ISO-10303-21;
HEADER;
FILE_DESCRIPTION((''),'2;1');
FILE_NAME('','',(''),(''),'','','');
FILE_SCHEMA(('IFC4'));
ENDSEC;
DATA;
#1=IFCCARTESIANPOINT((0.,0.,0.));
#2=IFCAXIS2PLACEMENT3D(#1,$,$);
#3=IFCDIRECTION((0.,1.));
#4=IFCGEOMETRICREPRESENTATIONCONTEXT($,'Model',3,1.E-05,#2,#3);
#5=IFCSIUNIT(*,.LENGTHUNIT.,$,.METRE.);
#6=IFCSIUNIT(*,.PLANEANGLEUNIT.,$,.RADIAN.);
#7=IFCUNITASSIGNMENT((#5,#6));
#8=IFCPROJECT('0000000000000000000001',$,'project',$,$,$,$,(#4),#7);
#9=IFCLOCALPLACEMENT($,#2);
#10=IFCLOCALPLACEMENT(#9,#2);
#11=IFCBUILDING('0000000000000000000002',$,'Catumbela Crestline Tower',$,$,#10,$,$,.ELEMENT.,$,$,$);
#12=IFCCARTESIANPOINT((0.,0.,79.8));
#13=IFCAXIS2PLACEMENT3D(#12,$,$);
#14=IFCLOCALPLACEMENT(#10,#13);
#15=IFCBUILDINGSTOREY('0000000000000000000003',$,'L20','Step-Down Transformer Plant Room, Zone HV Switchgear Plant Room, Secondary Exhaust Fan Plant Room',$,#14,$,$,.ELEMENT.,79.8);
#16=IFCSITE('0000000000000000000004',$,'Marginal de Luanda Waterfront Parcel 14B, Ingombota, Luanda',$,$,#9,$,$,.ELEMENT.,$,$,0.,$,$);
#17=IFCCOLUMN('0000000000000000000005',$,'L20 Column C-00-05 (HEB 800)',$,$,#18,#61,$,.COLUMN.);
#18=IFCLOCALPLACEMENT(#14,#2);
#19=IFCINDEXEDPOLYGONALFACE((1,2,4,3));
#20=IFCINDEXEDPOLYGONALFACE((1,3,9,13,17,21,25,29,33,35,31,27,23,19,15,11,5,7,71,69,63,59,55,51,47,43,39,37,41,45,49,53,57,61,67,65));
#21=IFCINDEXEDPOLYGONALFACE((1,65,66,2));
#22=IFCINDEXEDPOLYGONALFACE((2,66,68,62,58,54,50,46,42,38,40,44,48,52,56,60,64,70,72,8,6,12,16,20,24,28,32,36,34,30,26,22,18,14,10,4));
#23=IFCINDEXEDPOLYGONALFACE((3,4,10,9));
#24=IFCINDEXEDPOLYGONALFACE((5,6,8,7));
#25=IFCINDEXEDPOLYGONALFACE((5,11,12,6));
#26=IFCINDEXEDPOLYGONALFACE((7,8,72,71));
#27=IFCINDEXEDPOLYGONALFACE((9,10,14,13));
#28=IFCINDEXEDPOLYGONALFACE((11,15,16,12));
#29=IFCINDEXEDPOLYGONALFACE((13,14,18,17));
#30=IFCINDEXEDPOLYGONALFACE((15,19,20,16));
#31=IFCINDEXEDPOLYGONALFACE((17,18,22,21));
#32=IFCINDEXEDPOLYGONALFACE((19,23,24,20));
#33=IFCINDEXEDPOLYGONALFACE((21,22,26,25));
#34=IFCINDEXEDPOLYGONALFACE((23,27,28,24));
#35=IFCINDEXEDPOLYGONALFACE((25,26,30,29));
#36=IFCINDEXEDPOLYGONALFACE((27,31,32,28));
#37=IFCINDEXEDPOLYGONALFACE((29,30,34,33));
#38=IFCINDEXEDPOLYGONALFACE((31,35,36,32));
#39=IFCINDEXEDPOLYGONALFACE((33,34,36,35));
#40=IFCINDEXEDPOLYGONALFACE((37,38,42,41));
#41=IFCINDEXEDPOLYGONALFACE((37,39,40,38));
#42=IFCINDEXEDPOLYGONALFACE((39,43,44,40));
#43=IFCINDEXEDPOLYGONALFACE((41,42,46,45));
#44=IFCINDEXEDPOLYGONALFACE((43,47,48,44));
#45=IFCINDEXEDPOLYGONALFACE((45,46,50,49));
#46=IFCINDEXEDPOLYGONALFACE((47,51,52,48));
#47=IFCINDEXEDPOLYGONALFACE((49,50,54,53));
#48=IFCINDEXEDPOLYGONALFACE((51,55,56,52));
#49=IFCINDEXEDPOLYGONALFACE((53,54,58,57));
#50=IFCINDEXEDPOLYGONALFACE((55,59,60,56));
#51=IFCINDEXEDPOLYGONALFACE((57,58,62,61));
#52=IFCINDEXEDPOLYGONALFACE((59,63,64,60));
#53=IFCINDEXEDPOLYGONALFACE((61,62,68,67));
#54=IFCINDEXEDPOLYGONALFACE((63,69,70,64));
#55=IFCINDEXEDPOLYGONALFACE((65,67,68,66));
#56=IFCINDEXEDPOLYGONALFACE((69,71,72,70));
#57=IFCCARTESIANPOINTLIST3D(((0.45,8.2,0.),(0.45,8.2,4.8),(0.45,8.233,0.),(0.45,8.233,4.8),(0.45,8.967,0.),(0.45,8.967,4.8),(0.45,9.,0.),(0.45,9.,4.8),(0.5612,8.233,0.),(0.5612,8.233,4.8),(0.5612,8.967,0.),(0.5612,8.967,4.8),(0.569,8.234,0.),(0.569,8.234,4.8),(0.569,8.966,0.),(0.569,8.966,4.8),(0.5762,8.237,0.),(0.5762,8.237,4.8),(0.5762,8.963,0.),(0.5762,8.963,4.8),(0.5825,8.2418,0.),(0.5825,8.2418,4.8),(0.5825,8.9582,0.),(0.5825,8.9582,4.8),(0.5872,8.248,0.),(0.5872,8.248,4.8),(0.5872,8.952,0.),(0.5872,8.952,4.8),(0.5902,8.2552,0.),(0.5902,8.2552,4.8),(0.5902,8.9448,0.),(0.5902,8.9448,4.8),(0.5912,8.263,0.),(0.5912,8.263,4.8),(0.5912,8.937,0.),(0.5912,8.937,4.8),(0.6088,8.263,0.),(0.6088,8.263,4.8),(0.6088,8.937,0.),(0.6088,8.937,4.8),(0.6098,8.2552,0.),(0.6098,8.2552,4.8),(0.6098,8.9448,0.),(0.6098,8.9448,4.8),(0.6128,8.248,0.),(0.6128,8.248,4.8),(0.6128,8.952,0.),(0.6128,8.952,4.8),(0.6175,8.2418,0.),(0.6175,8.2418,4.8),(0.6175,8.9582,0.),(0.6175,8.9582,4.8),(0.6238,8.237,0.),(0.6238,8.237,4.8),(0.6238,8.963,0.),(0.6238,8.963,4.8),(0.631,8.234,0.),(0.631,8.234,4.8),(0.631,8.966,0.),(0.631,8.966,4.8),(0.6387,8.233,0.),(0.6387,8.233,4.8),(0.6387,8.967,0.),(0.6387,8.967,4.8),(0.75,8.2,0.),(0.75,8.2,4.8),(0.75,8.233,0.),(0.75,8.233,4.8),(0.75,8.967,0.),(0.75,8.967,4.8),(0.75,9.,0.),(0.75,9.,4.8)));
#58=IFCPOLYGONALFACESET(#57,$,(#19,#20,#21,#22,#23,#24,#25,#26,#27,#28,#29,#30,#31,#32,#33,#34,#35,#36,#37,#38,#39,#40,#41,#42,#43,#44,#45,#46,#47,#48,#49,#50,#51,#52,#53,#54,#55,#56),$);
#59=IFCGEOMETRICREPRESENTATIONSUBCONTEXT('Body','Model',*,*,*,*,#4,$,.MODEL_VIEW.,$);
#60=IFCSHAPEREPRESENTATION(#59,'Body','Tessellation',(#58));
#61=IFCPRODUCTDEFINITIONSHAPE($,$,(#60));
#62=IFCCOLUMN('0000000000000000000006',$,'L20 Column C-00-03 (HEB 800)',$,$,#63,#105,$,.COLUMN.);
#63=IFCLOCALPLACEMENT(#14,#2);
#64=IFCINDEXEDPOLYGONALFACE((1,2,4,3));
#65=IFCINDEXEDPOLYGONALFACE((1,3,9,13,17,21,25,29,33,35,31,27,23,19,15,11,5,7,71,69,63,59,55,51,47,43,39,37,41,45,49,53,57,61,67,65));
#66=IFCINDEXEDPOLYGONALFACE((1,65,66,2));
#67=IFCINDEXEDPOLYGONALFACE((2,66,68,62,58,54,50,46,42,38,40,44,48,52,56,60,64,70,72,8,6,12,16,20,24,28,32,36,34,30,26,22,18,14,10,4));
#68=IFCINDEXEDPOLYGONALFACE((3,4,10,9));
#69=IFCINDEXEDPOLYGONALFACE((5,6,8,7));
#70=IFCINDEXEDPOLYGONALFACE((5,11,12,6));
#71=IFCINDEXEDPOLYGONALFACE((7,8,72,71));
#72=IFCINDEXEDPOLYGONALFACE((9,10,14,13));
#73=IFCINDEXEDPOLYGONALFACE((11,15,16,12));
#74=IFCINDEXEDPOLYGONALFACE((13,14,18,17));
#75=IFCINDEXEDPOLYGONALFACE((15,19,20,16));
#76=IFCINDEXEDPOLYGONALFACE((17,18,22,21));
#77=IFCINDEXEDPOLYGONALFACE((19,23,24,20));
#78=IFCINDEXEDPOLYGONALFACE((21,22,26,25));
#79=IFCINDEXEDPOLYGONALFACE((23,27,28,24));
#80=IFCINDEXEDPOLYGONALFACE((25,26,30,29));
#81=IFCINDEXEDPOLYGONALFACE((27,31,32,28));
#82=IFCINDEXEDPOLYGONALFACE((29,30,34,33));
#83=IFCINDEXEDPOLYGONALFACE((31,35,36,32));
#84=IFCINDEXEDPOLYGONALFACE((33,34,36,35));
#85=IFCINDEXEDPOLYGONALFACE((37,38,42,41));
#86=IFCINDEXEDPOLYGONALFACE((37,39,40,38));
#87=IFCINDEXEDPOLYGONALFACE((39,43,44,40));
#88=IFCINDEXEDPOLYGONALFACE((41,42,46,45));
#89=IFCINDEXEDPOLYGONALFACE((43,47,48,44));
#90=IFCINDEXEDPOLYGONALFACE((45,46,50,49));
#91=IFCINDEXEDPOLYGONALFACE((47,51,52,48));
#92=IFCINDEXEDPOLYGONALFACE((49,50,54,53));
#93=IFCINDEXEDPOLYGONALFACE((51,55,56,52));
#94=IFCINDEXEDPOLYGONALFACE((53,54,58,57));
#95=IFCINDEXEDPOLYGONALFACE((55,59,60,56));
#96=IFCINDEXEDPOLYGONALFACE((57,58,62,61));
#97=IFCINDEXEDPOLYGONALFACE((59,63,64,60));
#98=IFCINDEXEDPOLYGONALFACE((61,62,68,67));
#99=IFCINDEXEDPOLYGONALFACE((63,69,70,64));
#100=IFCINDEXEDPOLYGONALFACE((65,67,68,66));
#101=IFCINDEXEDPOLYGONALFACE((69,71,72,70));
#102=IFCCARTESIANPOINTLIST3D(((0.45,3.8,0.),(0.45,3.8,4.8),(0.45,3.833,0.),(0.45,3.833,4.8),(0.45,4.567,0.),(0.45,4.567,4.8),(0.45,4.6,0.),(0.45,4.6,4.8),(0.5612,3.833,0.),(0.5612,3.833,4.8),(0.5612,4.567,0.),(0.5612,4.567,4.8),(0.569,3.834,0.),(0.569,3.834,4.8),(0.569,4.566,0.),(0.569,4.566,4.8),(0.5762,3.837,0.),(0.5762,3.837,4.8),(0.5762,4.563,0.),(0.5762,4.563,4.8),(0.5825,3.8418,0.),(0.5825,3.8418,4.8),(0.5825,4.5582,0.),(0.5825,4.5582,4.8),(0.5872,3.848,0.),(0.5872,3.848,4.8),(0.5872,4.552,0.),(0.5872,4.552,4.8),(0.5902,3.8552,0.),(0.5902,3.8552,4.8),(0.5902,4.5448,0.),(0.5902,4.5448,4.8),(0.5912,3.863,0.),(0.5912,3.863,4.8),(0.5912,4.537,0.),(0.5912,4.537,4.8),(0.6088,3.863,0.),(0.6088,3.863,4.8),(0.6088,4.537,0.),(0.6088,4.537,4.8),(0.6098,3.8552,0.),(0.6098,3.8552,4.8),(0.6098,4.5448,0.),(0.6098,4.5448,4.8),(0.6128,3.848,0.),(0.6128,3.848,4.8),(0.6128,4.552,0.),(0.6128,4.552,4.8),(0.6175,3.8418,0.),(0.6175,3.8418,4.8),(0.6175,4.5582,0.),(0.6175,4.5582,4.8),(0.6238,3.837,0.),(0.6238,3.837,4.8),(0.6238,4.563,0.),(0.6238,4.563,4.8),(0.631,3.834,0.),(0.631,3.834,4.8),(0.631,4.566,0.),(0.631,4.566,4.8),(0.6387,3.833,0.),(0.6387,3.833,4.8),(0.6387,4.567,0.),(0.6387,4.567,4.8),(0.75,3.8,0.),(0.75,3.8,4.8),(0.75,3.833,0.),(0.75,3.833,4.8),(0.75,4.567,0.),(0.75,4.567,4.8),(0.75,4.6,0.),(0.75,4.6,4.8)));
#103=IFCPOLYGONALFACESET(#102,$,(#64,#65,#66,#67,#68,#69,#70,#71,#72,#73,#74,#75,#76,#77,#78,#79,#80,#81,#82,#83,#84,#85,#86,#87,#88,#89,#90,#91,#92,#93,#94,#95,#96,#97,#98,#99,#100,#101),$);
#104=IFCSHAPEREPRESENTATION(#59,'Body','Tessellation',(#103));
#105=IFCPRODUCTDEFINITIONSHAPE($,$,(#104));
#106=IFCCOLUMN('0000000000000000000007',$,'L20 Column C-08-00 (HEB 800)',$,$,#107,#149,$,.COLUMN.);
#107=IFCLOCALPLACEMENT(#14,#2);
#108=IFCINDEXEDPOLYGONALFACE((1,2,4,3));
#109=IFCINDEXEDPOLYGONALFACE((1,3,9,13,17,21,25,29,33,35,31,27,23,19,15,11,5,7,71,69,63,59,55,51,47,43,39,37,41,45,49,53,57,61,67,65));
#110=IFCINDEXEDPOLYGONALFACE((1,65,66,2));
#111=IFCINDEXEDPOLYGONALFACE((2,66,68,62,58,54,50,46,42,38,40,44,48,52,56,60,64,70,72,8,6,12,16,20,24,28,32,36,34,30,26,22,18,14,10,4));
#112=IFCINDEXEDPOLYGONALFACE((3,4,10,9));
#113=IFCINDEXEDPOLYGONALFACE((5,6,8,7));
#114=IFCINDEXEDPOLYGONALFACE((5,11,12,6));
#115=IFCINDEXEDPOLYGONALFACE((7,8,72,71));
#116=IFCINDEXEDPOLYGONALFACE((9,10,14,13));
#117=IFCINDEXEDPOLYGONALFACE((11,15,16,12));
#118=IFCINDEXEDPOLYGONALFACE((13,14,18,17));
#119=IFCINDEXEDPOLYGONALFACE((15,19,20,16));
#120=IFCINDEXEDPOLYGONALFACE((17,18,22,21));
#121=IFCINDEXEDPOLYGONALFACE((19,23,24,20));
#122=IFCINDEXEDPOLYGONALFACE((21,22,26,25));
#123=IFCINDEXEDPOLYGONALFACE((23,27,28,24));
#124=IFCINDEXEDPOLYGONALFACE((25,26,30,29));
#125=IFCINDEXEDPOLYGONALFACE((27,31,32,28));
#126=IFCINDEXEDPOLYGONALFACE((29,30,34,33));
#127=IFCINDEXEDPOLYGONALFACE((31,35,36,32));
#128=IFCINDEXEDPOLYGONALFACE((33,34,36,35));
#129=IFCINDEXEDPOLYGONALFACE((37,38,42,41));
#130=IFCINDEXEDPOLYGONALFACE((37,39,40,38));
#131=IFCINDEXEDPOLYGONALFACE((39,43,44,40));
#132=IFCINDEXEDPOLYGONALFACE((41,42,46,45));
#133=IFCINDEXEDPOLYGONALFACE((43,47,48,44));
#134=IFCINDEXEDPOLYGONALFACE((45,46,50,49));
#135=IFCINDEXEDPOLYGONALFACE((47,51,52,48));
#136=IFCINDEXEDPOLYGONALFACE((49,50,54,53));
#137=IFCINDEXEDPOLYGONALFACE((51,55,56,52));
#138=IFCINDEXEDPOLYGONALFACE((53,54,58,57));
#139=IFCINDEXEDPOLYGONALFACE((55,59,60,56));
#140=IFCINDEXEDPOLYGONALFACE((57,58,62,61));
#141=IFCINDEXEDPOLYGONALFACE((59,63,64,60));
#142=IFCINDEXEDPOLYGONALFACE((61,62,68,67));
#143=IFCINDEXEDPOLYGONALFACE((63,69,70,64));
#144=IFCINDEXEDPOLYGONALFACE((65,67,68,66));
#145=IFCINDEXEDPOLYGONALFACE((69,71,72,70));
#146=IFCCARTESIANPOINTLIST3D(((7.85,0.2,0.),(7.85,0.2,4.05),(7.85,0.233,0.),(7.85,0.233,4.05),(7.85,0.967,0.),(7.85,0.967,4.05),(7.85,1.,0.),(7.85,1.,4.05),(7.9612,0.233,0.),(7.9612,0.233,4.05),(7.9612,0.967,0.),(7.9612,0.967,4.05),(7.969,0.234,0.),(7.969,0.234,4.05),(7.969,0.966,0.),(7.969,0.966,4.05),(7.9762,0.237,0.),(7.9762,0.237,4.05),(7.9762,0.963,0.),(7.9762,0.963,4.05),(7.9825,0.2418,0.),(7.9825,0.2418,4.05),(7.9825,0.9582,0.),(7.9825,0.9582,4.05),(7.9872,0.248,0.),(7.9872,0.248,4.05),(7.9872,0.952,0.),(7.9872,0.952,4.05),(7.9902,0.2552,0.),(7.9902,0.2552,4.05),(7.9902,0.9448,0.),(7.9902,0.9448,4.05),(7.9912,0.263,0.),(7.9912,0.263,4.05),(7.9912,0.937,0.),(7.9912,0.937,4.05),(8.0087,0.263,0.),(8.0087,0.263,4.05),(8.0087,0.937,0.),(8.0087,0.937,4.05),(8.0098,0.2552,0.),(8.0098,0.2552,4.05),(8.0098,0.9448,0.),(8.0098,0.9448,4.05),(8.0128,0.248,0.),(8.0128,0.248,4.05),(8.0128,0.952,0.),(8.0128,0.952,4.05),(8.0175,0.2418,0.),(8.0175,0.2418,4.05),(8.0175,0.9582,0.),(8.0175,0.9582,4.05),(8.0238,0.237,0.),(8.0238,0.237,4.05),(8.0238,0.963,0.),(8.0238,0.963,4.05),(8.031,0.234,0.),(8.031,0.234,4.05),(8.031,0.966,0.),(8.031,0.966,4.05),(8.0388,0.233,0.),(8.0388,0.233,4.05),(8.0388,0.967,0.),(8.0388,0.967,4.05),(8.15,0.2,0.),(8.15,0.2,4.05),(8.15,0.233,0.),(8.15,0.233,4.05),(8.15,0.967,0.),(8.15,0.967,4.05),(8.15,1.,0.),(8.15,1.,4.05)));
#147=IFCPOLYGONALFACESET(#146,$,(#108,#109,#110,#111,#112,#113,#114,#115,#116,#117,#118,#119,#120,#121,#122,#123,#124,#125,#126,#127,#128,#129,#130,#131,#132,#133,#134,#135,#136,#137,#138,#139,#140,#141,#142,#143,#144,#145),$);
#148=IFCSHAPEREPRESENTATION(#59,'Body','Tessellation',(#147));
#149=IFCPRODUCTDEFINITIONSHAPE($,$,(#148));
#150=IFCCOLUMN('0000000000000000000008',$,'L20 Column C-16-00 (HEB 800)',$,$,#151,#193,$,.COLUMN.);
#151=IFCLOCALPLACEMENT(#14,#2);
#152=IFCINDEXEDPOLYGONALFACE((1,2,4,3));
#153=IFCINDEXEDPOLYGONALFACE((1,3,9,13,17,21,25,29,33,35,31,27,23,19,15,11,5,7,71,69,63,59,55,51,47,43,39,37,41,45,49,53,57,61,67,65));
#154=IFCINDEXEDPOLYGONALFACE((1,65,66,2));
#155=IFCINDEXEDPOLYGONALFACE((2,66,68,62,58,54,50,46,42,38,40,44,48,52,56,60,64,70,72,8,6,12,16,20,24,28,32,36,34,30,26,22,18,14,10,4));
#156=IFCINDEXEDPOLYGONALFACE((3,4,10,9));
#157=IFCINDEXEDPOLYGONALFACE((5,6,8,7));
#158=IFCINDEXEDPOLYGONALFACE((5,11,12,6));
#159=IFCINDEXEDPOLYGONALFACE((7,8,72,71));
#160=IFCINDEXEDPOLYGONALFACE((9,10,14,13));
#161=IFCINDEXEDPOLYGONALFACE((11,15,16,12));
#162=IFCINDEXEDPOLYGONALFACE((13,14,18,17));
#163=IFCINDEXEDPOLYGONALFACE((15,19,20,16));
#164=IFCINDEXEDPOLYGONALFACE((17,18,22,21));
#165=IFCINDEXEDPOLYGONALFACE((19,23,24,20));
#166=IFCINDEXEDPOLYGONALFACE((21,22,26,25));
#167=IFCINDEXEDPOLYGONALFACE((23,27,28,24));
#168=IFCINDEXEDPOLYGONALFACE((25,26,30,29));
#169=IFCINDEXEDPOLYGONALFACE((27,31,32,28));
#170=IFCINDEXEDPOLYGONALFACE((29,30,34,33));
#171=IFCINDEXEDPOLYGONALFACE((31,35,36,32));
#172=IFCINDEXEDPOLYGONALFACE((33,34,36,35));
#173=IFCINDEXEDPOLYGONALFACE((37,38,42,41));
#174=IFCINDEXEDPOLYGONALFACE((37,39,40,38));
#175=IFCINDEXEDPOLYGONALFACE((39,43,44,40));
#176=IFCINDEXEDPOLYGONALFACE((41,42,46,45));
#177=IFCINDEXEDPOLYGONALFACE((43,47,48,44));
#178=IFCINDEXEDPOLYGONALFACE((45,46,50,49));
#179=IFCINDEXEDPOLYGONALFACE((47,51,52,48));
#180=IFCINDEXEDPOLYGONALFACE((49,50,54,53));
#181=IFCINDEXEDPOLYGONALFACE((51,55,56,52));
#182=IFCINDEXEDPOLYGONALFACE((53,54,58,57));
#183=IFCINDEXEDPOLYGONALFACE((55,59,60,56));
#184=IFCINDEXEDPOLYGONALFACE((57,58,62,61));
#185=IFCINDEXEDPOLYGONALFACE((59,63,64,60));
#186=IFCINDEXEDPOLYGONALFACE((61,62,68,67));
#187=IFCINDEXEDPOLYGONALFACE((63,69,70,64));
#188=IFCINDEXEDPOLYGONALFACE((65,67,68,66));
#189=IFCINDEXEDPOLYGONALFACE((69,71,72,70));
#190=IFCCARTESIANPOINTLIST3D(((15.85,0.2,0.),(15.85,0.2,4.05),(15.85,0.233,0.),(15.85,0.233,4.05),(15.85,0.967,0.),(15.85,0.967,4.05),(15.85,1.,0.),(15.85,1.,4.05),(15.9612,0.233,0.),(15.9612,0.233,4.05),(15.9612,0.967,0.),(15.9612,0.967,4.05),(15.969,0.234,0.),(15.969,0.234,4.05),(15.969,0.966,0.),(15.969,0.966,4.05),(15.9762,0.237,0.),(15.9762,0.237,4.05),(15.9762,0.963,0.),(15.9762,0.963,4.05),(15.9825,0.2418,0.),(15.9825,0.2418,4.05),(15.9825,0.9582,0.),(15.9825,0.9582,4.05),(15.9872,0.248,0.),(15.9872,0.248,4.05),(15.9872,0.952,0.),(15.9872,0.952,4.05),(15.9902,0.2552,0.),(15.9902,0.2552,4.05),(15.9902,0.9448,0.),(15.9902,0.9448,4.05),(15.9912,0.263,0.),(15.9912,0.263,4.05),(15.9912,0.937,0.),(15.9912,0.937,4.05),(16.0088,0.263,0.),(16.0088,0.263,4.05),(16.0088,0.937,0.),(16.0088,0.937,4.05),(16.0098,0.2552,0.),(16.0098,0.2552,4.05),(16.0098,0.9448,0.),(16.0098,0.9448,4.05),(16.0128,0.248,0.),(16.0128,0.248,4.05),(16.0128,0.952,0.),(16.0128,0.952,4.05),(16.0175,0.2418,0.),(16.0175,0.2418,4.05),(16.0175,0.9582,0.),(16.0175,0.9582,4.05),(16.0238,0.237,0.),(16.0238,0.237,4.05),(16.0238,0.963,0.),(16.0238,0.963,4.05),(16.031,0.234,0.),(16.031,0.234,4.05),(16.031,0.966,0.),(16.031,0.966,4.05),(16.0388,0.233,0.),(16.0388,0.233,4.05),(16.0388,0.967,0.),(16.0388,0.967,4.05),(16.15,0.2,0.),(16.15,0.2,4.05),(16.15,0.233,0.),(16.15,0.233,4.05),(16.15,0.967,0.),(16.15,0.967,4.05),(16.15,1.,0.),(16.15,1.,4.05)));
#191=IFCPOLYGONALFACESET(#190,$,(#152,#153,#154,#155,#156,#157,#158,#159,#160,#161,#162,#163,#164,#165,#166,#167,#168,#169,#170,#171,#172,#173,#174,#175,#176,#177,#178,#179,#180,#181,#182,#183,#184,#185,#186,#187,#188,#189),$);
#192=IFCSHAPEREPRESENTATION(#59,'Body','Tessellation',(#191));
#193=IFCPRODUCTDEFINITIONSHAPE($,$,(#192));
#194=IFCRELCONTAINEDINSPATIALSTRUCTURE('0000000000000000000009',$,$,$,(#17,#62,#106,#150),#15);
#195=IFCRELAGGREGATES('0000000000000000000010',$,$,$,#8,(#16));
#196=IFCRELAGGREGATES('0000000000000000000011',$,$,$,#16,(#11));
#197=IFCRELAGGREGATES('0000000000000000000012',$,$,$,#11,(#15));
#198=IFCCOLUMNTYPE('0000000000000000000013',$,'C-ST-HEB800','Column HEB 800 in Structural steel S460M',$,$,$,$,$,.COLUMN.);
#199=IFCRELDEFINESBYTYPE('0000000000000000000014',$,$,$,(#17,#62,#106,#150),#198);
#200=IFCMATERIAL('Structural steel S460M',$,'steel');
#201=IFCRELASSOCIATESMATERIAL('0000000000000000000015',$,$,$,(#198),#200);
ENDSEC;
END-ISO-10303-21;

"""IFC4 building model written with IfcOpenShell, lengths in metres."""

from ifc_helpers import new_model, si_unit, direction, frame, origin, origin_2d, place, context, subcontext, project, spatial, i_section, extrude, material, material_profile, profile_set, type_object, element, save


model = new_model("IFC4")

# Units and contexts
model_context = context("Model", 3, precision=1e-05, world=origin(), true_north=direction((0.0, 1.0)))
body_context = subcontext(model_context, "Body", "Model", "MODEL_VIEW")
ifc_project = project(units=[si_unit("LENGTHUNIT", "METRE"), si_unit("PLANEANGLEUNIT", "RADIAN")], contexts=[model_context])

# Site, building, storey
site_placement = place(None, origin())
site = spatial("IfcSite", under=ifc_project, at=site_placement, Name="Marginal de Luanda Waterfront Parcel 14B, Ingombota, Luanda", CompositionType="ELEMENT", RefElevation=0.0)
building_placement = place(site_placement, origin())
building = spatial("IfcBuilding", under=site, at=building_placement, Name="Catumbela Crestline Tower", CompositionType="ELEMENT")
storey_placement = place(building_placement, frame((0.0, 0.0, 79.8)))
storey = spatial("IfcBuildingStorey", under=building, at=storey_placement, Name="L20", Description="Step-Down Transformer Plant Room, Zone HV Switchgear Plant Room, Secondary Exhaust Fan Plant Room", CompositionType="ELEMENT", Elevation=79.8)

# Columns
ifc_material_1 = material(Name="Structural steel S460M", Category="steel")
ifc_material_profile_1 = material_profile(ifc_material_1, i_section(OverallWidth=0.3, OverallDepth=0.8, WebThickness=0.0175, FlangeThickness=0.033, FilletRadius=0.03, at=origin_2d()), Name="HEB 800")
ifc_profile_set_1 = profile_set([ifc_material_profile_1], Name="Structural steel S460M")
column_type_1 = type_object("IfcColumnType", Name="C-ST-HEB800", Description="Column HEB 800 in Structural steel S460M", PredefinedType="COLUMN", material=ifc_profile_set_1)
for number, where, z_axis, x_axis, name in (
    (1, (0.6, 8.6, 0.0), (0.0, 0.0, 1.0), (1.0, 0.0, 0.0), "L20 Column C-00-05 (HEB 800)"),
    (2, (0.6, 4.2, 0.0), (0.0, 0.0, 1.0), (1.0, 0.0, 0.0), "L20 Column C-00-03 (HEB 800)"),
):
    element("IfcColumn", number, at=place(storey_placement, frame(where, z_axis=z_axis, x_axis=x_axis)), inside=storey, type_object=column_type_1, Name=name, PredefinedType="COLUMN", context=body_context, shape_type="SweptSolid", body=[
        extrude(i_section(OverallWidth=0.3, OverallDepth=0.8, WebThickness=0.0175, FlangeThickness=0.033, FilletRadius=0.03, at=origin_2d()), origin(), (0.0, 0.0, 1.0), 4.8),
    ])
for number, where, z_axis, x_axis, name in (
    (3, (8.0, 0.6, 0.0), (0.0, 0.0, 1.0), (1.0, 0.0, 0.0), "L20 Column C-08-00 (HEB 800)"),
    (4, (16.0, 0.6, 0.0), (0.0, 0.0, 1.0), (1.0, 0.0, 0.0), "L20 Column C-16-00 (HEB 800)"),
):
    element("IfcColumn", number, at=place(storey_placement, frame(where, z_axis=z_axis, x_axis=x_axis)), inside=storey, type_object=column_type_1, Name=name, PredefinedType="COLUMN", context=body_context, shape_type="SweptSolid", body=[
        extrude(i_section(OverallWidth=0.3, OverallDepth=0.8, WebThickness=0.0175, FlangeThickness=0.033, FilletRadius=0.03, at=origin_2d()), origin(), (0.0, 0.0, 1.0), 4.05),
    ])

save(model, "model.ifc")
